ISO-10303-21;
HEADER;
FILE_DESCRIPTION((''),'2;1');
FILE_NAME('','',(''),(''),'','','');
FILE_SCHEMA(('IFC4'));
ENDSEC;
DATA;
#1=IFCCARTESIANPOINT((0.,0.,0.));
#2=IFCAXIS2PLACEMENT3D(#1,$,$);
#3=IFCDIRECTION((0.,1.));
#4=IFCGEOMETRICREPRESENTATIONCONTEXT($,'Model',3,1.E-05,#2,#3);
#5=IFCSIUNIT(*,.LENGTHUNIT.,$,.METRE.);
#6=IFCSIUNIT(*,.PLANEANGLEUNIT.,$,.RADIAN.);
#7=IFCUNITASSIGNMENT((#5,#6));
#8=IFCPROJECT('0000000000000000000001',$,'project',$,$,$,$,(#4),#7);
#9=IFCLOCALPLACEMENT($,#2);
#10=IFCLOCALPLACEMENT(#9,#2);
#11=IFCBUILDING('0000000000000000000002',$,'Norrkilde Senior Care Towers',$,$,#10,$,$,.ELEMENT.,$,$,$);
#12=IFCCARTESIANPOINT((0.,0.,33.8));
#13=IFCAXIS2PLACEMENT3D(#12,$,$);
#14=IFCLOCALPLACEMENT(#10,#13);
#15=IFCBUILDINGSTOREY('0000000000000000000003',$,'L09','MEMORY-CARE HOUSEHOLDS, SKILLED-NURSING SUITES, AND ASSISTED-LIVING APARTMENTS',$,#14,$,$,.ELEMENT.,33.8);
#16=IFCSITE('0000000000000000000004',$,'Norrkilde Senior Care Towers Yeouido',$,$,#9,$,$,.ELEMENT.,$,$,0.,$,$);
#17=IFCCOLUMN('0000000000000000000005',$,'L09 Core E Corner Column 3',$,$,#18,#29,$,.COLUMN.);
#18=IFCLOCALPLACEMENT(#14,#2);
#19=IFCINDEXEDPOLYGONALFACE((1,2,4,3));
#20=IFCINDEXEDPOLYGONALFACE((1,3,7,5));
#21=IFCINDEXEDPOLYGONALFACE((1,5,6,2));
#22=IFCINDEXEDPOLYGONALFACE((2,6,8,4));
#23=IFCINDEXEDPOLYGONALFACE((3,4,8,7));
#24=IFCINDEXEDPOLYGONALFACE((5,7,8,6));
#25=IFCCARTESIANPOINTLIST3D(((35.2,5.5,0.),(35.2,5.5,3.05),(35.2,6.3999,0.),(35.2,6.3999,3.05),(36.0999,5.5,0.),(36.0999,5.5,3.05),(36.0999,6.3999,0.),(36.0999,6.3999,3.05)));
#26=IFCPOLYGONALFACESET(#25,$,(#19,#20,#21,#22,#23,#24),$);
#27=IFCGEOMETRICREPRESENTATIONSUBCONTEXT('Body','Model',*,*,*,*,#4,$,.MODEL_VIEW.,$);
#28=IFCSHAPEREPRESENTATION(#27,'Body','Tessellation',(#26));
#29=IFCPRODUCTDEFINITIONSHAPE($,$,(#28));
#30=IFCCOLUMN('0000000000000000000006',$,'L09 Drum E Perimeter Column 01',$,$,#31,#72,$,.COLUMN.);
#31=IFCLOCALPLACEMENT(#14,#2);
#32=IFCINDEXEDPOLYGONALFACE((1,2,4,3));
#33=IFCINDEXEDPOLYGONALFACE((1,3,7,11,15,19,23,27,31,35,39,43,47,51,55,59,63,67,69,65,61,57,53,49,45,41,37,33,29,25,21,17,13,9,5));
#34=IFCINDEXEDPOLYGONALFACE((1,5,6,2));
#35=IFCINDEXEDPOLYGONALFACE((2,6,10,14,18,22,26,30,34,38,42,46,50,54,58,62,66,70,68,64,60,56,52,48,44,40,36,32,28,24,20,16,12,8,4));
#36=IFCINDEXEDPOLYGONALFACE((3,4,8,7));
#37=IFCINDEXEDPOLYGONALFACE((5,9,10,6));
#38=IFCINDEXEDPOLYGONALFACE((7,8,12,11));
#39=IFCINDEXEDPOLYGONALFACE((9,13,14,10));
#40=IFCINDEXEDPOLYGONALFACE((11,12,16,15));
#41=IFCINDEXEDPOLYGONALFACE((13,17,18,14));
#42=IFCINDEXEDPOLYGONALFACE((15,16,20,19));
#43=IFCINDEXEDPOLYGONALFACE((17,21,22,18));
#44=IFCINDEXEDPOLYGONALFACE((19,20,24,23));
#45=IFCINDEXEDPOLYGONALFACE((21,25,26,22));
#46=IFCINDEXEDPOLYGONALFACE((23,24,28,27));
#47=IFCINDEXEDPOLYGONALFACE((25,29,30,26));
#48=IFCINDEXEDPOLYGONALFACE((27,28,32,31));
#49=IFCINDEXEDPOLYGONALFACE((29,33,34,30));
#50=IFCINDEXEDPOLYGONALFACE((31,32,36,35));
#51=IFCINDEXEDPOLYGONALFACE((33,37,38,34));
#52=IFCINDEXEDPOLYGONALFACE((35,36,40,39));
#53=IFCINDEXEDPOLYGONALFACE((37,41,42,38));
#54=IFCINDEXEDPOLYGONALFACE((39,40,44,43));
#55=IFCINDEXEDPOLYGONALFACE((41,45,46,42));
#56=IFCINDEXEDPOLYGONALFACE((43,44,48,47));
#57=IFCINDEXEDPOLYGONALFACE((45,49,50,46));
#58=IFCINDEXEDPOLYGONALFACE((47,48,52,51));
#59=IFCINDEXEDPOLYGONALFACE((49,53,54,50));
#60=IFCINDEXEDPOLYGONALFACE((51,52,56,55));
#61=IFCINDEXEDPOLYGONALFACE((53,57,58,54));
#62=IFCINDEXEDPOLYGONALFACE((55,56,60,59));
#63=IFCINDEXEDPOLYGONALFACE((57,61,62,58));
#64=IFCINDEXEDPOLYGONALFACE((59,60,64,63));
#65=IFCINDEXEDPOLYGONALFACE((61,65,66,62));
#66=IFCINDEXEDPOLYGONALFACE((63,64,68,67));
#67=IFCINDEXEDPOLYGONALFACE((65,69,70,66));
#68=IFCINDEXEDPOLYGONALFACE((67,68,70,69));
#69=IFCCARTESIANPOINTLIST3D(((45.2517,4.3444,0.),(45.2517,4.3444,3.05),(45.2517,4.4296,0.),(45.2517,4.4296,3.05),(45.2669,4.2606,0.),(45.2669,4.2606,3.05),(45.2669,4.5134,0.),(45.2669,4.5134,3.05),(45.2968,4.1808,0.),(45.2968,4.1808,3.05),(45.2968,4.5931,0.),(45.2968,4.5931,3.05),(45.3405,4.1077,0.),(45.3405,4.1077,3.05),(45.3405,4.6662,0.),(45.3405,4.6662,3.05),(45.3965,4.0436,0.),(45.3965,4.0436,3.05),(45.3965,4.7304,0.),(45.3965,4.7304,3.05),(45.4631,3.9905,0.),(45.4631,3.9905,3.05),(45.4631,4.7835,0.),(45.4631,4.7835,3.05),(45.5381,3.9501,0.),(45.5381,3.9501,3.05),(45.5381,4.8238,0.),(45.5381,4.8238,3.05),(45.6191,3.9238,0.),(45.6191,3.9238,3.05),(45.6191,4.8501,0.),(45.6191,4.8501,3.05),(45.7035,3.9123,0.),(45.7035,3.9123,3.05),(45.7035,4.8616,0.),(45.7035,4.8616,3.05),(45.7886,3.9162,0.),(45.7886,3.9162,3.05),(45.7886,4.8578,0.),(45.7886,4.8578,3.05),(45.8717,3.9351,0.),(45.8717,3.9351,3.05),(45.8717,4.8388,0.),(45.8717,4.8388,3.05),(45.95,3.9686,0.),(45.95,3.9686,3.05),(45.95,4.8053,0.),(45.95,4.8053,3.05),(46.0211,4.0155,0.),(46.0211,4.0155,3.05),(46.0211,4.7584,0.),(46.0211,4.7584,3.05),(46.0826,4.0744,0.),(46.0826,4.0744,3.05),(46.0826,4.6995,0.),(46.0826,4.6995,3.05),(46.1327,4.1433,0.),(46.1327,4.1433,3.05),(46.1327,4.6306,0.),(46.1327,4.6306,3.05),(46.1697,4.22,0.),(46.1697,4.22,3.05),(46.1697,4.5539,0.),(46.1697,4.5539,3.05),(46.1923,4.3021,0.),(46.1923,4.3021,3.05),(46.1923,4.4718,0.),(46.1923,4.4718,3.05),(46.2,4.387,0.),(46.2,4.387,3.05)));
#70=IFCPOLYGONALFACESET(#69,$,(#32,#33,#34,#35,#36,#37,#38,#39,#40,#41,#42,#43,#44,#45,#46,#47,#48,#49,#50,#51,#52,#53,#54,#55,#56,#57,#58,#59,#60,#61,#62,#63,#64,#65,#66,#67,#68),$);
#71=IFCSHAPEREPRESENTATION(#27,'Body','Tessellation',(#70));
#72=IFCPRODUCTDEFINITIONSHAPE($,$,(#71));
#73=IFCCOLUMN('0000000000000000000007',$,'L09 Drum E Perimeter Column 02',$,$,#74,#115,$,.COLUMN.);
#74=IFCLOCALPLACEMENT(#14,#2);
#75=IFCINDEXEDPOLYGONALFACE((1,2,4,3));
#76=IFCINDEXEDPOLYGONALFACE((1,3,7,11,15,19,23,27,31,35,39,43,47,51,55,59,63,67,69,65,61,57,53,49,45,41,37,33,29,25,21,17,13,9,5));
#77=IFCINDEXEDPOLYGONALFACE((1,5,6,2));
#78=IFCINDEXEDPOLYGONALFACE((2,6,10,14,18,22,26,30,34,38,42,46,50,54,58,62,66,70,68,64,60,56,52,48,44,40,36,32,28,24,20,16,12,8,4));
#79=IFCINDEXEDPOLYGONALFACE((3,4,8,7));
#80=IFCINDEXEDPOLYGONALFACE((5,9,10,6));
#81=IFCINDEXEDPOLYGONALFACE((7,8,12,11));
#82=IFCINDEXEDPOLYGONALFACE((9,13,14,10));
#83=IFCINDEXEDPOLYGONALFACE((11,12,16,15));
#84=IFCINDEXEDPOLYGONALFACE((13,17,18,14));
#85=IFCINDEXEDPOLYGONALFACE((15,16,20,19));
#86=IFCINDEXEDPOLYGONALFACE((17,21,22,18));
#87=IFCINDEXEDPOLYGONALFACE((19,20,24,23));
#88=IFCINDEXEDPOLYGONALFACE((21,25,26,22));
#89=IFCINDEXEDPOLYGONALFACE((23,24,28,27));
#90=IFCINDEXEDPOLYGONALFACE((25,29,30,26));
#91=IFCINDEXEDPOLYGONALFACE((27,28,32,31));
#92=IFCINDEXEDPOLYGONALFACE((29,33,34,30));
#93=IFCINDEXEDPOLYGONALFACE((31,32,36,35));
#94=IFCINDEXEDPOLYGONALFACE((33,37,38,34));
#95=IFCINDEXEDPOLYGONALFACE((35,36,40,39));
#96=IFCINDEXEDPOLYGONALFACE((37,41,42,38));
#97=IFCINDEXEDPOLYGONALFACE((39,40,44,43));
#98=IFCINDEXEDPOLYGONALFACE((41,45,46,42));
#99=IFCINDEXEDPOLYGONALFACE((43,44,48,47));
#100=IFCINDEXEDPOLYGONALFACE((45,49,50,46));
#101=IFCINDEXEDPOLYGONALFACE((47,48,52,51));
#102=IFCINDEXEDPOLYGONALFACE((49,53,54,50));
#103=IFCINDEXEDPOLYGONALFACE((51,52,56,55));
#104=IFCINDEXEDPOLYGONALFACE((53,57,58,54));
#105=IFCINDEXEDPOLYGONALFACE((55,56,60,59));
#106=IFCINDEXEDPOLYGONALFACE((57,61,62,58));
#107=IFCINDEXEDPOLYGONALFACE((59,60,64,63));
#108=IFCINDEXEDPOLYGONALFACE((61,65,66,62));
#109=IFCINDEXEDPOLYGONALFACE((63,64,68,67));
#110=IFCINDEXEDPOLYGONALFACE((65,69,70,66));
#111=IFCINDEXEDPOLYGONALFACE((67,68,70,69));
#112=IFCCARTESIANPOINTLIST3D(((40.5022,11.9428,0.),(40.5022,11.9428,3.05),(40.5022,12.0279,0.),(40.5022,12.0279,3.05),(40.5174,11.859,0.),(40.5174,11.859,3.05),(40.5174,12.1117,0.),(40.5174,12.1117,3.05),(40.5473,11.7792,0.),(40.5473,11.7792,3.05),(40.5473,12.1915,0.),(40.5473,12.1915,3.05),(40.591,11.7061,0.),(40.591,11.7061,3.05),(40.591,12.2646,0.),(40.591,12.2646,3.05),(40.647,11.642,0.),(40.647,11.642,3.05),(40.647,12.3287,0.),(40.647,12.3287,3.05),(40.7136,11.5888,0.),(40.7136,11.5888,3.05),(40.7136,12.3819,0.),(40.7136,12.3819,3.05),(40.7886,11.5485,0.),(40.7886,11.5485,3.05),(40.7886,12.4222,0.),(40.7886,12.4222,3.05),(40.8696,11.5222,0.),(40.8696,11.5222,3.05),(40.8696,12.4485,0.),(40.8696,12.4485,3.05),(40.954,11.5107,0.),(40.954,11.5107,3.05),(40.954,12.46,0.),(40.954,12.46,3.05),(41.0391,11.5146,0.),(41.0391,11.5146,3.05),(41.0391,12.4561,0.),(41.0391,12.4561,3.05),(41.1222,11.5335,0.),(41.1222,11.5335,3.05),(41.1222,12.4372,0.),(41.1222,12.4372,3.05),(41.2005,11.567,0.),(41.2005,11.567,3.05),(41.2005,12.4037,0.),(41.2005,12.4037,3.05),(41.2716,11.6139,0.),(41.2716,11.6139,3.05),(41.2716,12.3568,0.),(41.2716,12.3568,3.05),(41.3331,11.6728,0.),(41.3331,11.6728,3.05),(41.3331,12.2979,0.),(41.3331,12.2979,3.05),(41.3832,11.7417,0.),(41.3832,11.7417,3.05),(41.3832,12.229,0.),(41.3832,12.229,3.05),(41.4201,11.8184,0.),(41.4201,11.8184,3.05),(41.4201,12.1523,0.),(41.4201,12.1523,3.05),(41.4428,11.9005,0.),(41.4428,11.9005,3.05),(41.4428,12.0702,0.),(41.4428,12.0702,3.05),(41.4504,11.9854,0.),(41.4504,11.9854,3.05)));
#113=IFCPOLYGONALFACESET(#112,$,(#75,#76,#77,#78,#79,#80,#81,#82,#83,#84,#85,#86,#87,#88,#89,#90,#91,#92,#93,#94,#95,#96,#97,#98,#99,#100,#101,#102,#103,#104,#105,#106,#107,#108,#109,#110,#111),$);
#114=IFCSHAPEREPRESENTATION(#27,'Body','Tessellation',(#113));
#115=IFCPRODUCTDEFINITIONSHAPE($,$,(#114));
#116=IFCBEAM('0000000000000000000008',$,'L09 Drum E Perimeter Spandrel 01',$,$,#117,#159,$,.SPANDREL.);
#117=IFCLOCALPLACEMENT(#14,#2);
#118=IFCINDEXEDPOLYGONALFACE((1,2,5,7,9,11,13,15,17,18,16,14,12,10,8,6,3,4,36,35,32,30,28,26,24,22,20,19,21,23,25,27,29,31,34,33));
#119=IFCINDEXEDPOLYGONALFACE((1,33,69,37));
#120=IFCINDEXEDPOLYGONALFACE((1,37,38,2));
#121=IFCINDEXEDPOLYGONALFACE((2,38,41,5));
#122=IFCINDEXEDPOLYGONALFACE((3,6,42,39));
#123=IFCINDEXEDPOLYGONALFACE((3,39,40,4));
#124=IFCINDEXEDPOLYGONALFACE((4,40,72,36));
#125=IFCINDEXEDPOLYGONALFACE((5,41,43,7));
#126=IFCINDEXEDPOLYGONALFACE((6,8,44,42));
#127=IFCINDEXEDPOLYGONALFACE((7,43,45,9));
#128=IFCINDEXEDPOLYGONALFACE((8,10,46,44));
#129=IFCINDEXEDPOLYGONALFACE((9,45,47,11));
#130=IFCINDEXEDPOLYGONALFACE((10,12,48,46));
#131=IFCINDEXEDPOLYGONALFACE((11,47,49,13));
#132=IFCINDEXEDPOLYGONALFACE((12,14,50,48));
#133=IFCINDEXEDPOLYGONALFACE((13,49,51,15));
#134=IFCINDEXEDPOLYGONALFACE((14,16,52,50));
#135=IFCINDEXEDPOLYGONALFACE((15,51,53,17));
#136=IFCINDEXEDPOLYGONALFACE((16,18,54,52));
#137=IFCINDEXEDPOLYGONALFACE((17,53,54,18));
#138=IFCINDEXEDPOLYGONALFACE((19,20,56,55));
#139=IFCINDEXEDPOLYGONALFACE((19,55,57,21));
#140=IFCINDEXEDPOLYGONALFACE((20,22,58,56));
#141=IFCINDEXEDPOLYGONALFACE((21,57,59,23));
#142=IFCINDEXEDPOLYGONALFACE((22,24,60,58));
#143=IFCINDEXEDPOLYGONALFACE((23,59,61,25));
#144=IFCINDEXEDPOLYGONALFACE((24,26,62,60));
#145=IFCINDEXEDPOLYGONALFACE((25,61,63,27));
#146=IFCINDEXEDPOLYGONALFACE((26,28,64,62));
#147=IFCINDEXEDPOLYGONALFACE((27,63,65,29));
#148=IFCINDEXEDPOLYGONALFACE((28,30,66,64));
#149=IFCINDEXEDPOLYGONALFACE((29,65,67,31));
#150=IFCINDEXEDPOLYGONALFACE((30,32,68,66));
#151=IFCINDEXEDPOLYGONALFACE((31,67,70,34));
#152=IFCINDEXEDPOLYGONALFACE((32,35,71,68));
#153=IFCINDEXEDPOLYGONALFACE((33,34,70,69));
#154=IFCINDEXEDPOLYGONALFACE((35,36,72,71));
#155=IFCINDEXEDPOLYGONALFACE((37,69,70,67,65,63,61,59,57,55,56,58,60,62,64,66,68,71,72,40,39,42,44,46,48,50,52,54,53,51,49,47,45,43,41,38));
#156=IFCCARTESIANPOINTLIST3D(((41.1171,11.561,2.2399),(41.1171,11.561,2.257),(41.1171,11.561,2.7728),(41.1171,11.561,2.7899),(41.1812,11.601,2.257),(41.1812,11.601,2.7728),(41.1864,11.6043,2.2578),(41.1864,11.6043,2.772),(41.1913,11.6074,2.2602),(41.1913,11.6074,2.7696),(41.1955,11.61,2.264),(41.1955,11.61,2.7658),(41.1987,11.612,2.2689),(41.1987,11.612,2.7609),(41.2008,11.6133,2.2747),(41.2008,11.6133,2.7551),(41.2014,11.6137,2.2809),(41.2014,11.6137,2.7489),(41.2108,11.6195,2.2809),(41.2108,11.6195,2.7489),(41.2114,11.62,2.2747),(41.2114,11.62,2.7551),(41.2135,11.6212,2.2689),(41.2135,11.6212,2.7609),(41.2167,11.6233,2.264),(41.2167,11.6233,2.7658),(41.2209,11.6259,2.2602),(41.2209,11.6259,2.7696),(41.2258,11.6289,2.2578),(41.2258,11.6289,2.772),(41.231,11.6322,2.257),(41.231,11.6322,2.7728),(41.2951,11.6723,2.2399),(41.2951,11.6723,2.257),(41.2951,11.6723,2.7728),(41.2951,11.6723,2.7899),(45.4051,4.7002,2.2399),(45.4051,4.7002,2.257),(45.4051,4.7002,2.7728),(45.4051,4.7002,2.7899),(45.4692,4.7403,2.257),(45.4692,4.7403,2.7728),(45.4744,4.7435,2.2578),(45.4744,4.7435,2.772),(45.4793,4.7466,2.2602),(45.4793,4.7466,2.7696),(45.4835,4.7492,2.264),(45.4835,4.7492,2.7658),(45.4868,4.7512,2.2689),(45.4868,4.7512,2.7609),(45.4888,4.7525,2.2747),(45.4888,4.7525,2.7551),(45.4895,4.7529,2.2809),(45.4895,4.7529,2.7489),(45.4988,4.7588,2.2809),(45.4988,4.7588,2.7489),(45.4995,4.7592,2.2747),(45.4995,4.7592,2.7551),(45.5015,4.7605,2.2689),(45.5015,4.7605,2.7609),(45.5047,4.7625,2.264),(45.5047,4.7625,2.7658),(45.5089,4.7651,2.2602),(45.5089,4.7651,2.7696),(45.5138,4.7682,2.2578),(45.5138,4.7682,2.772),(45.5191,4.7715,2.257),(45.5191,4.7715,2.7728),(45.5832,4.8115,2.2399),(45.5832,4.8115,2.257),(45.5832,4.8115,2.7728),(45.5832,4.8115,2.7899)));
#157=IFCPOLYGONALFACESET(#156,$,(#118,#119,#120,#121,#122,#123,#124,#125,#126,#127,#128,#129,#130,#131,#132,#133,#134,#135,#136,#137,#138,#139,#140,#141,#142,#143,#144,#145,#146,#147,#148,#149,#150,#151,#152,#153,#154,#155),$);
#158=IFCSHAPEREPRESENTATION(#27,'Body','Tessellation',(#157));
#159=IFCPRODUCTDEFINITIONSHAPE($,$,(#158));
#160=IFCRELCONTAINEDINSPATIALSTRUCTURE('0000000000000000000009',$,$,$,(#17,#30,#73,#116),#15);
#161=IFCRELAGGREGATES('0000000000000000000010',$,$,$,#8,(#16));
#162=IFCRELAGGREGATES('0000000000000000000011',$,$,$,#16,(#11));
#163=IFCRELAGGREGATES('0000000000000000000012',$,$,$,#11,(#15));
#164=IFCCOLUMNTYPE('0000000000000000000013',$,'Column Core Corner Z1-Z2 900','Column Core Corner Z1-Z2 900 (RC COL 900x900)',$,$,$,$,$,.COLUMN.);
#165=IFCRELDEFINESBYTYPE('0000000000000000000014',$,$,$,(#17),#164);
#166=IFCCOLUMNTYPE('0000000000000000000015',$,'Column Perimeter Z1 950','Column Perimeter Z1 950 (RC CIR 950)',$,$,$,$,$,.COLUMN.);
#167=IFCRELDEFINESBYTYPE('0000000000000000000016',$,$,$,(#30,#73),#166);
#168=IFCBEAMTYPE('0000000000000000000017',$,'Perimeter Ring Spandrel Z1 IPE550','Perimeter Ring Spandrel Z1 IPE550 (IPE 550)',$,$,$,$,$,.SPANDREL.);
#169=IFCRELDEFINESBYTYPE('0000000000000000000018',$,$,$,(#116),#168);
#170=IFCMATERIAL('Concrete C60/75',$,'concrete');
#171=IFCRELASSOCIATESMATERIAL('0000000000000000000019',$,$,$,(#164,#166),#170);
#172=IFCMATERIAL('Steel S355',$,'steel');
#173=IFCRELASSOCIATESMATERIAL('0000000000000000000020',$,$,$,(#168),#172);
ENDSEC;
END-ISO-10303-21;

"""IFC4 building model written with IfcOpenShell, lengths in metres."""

from ifc_helpers import new_model, si_unit, direction, frame, origin, origin_2d, place, context, subcontext, project, spatial, rectangle, circle, i_section, extrude, source, transform, mapped, material, material_profile, profile_set, type_object, type_shapes, element, save


model = new_model("IFC4")

# Units and contexts
model_context = context("Model", 3, precision=1e-05, world=origin(), true_north=direction((0.0, 1.0)))
body_context = subcontext(model_context, "Body", "Model", "MODEL_VIEW")
ifc_project = project(units=[si_unit("LENGTHUNIT", "METRE"), si_unit("PLANEANGLEUNIT", "RADIAN")], contexts=[model_context])

# Site, building, storey
site_placement = place(None, origin())
site = spatial("IfcSite", under=ifc_project, at=site_placement, Name="Norrkilde Senior Care Towers Yeouido", CompositionType="ELEMENT", RefElevation=0.0)
building_placement = place(site_placement, origin())
building = spatial("IfcBuilding", under=site, at=building_placement, Name="Norrkilde Senior Care Towers", CompositionType="ELEMENT")
storey_placement = place(building_placement, frame((0.0, 0.0, 33.8)))
storey = spatial("IfcBuildingStorey", under=building, at=storey_placement, Name="L09", Description="MEMORY-CARE HOUSEHOLDS, SKILLED-NURSING SUITES, AND ASSISTED-LIVING APARTMENTS", CompositionType="ELEMENT", Elevation=33.8)

# Columns
ifc_material_1 = material(Name="Concrete C60/75", Category="concrete")
ifc_material_profile_1 = material_profile(ifc_material_1, rectangle(XDim=0.8999, YDim=0.8999, at=origin_2d()), Name="RC COL 900x900")
ifc_profile_set_1 = profile_set([ifc_material_profile_1], Name="Concrete C60/75")
column_type_1 = type_object("IfcColumnType", Name="Column Core Corner Z1-Z2 900", Description="Column Core Corner Z1-Z2 900 (RC COL 900x900)", PredefinedType="COLUMN", material=ifc_profile_set_1)
shared_shape_1 = source(origin(), body_context, "Body", "SweptSolid", [
    extrude(rectangle(XDim=0.8999, YDim=0.8999, at=origin_2d()), origin(), (0.0, 0.0, 1.0), 3.05),
])
type_shapes(column_type_1, [shared_shape_1])
column_placement = place(storey_placement, frame((35.6499, 5.95, 0.0), z_axis=(0.0, 0.0, 1.0), x_axis=(1.0, 0.0, 0.0)))
element("IfcColumn", 1, at=column_placement, inside=storey, type_object=column_type_1, Name="L09 Core E Corner Column 3", PredefinedType="COLUMN", context=body_context, shape_type="MappedRepresentation", body=[
    mapped(shared_shape_1, transform((0.0, 0.0, 0.0), x_axis=(1.0, 0.0, 0.0), y_axis=(0.0, 1.0, 0.0), z_axis=(0.0, 0.0, 1.0), scale=1.0)),
])
ifc_material_profile_2 = material_profile(ifc_material_1, circle(Radius=0.4751, at=origin_2d()), Name="RC CIR 950")
ifc_profile_set_2 = profile_set([ifc_material_profile_2], Name="Concrete C60/75")
column_type_2 = type_object("IfcColumnType", Name="Column Perimeter Z1 950", Description="Column Perimeter Z1 950 (RC CIR 950)", PredefinedType="COLUMN", material=ifc_profile_set_2)
shared_shape_2 = source(origin(), body_context, "Body", "SweptSolid", [
    extrude(circle(Radius=0.4751, at=origin_2d()), origin(), (0.0, 0.0, 1.0), 3.05),
])
type_shapes(column_type_2, [shared_shape_2])
for number, where, z_axis, x_axis, name in (
    (2, (45.7249, 4.387, 0.0), (0.0, 0.0, 1.0), (1.0, 0.0, 0.0), "L09 Drum E Perimeter Column 01"),
    (3, (40.9753, 11.9854, 0.0), (0.0, 0.0, 1.0), (1.0, 0.0, 0.0), "L09 Drum E Perimeter Column 02"),
):
    element("IfcColumn", number, at=place(storey_placement, frame(where, z_axis=z_axis, x_axis=x_axis)), inside=storey, type_object=column_type_2, Name=name, PredefinedType="COLUMN", context=body_context, shape_type="MappedRepresentation", body=[
        mapped(shared_shape_2, transform((0.0, 0.0, 0.0), x_axis=(1.0, 0.0, 0.0), y_axis=(0.0, 1.0, 0.0), z_axis=(0.0, 0.0, 1.0), scale=1.0)),
    ])

# Beam
ifc_material_2 = material(Name="Steel S355", Category="steel")
ifc_material_profile_3 = material_profile(ifc_material_2, i_section(OverallWidth=0.21, OverallDepth=0.55, WebThickness=0.011, FlangeThickness=0.0171, FilletRadius=0.0239, at=origin_2d()), Name="IPE 550")
ifc_profile_set_3 = profile_set([ifc_material_profile_3], Name="Steel S355")
beam_type_1 = type_object("IfcBeamType", Name="Perimeter Ring Spandrel Z1 IPE550", Description="Perimeter Ring Spandrel Z1 IPE550 (IPE 550)", PredefinedType="SPANDREL", material=ifc_profile_set_3)
shared_shape_3 = source(origin(), body_context, "Body", "SweptSolid", [
    extrude(i_section(OverallWidth=0.21, OverallDepth=0.55, WebThickness=0.011, FlangeThickness=0.0171, FilletRadius=0.0239, at=origin_2d()), origin(), (0.0, 0.0, 1.0), 8.0906),
])
beam_1_placement = place(storey_placement, frame((45.4941, 4.7559, 2.5149), z_axis=(-0.530004, 0.847995, 0.0), x_axis=(-0.847995, -0.530004, 0.0)))
element("IfcBeam", 4, at=beam_1_placement, inside=storey, type_object=beam_type_1, Name="L09 Drum E Perimeter Spandrel 01", PredefinedType="SPANDREL", context=body_context, shape_type="MappedRepresentation", body=[
    mapped(shared_shape_3, transform((0.0, 0.0, 0.0), x_axis=(1.0, 0.0, 0.0), y_axis=(0.0, 1.0, 0.0), z_axis=(0.0, 0.0, 1.0), scale=1.0)),
])

save(model, "model.ifc")
